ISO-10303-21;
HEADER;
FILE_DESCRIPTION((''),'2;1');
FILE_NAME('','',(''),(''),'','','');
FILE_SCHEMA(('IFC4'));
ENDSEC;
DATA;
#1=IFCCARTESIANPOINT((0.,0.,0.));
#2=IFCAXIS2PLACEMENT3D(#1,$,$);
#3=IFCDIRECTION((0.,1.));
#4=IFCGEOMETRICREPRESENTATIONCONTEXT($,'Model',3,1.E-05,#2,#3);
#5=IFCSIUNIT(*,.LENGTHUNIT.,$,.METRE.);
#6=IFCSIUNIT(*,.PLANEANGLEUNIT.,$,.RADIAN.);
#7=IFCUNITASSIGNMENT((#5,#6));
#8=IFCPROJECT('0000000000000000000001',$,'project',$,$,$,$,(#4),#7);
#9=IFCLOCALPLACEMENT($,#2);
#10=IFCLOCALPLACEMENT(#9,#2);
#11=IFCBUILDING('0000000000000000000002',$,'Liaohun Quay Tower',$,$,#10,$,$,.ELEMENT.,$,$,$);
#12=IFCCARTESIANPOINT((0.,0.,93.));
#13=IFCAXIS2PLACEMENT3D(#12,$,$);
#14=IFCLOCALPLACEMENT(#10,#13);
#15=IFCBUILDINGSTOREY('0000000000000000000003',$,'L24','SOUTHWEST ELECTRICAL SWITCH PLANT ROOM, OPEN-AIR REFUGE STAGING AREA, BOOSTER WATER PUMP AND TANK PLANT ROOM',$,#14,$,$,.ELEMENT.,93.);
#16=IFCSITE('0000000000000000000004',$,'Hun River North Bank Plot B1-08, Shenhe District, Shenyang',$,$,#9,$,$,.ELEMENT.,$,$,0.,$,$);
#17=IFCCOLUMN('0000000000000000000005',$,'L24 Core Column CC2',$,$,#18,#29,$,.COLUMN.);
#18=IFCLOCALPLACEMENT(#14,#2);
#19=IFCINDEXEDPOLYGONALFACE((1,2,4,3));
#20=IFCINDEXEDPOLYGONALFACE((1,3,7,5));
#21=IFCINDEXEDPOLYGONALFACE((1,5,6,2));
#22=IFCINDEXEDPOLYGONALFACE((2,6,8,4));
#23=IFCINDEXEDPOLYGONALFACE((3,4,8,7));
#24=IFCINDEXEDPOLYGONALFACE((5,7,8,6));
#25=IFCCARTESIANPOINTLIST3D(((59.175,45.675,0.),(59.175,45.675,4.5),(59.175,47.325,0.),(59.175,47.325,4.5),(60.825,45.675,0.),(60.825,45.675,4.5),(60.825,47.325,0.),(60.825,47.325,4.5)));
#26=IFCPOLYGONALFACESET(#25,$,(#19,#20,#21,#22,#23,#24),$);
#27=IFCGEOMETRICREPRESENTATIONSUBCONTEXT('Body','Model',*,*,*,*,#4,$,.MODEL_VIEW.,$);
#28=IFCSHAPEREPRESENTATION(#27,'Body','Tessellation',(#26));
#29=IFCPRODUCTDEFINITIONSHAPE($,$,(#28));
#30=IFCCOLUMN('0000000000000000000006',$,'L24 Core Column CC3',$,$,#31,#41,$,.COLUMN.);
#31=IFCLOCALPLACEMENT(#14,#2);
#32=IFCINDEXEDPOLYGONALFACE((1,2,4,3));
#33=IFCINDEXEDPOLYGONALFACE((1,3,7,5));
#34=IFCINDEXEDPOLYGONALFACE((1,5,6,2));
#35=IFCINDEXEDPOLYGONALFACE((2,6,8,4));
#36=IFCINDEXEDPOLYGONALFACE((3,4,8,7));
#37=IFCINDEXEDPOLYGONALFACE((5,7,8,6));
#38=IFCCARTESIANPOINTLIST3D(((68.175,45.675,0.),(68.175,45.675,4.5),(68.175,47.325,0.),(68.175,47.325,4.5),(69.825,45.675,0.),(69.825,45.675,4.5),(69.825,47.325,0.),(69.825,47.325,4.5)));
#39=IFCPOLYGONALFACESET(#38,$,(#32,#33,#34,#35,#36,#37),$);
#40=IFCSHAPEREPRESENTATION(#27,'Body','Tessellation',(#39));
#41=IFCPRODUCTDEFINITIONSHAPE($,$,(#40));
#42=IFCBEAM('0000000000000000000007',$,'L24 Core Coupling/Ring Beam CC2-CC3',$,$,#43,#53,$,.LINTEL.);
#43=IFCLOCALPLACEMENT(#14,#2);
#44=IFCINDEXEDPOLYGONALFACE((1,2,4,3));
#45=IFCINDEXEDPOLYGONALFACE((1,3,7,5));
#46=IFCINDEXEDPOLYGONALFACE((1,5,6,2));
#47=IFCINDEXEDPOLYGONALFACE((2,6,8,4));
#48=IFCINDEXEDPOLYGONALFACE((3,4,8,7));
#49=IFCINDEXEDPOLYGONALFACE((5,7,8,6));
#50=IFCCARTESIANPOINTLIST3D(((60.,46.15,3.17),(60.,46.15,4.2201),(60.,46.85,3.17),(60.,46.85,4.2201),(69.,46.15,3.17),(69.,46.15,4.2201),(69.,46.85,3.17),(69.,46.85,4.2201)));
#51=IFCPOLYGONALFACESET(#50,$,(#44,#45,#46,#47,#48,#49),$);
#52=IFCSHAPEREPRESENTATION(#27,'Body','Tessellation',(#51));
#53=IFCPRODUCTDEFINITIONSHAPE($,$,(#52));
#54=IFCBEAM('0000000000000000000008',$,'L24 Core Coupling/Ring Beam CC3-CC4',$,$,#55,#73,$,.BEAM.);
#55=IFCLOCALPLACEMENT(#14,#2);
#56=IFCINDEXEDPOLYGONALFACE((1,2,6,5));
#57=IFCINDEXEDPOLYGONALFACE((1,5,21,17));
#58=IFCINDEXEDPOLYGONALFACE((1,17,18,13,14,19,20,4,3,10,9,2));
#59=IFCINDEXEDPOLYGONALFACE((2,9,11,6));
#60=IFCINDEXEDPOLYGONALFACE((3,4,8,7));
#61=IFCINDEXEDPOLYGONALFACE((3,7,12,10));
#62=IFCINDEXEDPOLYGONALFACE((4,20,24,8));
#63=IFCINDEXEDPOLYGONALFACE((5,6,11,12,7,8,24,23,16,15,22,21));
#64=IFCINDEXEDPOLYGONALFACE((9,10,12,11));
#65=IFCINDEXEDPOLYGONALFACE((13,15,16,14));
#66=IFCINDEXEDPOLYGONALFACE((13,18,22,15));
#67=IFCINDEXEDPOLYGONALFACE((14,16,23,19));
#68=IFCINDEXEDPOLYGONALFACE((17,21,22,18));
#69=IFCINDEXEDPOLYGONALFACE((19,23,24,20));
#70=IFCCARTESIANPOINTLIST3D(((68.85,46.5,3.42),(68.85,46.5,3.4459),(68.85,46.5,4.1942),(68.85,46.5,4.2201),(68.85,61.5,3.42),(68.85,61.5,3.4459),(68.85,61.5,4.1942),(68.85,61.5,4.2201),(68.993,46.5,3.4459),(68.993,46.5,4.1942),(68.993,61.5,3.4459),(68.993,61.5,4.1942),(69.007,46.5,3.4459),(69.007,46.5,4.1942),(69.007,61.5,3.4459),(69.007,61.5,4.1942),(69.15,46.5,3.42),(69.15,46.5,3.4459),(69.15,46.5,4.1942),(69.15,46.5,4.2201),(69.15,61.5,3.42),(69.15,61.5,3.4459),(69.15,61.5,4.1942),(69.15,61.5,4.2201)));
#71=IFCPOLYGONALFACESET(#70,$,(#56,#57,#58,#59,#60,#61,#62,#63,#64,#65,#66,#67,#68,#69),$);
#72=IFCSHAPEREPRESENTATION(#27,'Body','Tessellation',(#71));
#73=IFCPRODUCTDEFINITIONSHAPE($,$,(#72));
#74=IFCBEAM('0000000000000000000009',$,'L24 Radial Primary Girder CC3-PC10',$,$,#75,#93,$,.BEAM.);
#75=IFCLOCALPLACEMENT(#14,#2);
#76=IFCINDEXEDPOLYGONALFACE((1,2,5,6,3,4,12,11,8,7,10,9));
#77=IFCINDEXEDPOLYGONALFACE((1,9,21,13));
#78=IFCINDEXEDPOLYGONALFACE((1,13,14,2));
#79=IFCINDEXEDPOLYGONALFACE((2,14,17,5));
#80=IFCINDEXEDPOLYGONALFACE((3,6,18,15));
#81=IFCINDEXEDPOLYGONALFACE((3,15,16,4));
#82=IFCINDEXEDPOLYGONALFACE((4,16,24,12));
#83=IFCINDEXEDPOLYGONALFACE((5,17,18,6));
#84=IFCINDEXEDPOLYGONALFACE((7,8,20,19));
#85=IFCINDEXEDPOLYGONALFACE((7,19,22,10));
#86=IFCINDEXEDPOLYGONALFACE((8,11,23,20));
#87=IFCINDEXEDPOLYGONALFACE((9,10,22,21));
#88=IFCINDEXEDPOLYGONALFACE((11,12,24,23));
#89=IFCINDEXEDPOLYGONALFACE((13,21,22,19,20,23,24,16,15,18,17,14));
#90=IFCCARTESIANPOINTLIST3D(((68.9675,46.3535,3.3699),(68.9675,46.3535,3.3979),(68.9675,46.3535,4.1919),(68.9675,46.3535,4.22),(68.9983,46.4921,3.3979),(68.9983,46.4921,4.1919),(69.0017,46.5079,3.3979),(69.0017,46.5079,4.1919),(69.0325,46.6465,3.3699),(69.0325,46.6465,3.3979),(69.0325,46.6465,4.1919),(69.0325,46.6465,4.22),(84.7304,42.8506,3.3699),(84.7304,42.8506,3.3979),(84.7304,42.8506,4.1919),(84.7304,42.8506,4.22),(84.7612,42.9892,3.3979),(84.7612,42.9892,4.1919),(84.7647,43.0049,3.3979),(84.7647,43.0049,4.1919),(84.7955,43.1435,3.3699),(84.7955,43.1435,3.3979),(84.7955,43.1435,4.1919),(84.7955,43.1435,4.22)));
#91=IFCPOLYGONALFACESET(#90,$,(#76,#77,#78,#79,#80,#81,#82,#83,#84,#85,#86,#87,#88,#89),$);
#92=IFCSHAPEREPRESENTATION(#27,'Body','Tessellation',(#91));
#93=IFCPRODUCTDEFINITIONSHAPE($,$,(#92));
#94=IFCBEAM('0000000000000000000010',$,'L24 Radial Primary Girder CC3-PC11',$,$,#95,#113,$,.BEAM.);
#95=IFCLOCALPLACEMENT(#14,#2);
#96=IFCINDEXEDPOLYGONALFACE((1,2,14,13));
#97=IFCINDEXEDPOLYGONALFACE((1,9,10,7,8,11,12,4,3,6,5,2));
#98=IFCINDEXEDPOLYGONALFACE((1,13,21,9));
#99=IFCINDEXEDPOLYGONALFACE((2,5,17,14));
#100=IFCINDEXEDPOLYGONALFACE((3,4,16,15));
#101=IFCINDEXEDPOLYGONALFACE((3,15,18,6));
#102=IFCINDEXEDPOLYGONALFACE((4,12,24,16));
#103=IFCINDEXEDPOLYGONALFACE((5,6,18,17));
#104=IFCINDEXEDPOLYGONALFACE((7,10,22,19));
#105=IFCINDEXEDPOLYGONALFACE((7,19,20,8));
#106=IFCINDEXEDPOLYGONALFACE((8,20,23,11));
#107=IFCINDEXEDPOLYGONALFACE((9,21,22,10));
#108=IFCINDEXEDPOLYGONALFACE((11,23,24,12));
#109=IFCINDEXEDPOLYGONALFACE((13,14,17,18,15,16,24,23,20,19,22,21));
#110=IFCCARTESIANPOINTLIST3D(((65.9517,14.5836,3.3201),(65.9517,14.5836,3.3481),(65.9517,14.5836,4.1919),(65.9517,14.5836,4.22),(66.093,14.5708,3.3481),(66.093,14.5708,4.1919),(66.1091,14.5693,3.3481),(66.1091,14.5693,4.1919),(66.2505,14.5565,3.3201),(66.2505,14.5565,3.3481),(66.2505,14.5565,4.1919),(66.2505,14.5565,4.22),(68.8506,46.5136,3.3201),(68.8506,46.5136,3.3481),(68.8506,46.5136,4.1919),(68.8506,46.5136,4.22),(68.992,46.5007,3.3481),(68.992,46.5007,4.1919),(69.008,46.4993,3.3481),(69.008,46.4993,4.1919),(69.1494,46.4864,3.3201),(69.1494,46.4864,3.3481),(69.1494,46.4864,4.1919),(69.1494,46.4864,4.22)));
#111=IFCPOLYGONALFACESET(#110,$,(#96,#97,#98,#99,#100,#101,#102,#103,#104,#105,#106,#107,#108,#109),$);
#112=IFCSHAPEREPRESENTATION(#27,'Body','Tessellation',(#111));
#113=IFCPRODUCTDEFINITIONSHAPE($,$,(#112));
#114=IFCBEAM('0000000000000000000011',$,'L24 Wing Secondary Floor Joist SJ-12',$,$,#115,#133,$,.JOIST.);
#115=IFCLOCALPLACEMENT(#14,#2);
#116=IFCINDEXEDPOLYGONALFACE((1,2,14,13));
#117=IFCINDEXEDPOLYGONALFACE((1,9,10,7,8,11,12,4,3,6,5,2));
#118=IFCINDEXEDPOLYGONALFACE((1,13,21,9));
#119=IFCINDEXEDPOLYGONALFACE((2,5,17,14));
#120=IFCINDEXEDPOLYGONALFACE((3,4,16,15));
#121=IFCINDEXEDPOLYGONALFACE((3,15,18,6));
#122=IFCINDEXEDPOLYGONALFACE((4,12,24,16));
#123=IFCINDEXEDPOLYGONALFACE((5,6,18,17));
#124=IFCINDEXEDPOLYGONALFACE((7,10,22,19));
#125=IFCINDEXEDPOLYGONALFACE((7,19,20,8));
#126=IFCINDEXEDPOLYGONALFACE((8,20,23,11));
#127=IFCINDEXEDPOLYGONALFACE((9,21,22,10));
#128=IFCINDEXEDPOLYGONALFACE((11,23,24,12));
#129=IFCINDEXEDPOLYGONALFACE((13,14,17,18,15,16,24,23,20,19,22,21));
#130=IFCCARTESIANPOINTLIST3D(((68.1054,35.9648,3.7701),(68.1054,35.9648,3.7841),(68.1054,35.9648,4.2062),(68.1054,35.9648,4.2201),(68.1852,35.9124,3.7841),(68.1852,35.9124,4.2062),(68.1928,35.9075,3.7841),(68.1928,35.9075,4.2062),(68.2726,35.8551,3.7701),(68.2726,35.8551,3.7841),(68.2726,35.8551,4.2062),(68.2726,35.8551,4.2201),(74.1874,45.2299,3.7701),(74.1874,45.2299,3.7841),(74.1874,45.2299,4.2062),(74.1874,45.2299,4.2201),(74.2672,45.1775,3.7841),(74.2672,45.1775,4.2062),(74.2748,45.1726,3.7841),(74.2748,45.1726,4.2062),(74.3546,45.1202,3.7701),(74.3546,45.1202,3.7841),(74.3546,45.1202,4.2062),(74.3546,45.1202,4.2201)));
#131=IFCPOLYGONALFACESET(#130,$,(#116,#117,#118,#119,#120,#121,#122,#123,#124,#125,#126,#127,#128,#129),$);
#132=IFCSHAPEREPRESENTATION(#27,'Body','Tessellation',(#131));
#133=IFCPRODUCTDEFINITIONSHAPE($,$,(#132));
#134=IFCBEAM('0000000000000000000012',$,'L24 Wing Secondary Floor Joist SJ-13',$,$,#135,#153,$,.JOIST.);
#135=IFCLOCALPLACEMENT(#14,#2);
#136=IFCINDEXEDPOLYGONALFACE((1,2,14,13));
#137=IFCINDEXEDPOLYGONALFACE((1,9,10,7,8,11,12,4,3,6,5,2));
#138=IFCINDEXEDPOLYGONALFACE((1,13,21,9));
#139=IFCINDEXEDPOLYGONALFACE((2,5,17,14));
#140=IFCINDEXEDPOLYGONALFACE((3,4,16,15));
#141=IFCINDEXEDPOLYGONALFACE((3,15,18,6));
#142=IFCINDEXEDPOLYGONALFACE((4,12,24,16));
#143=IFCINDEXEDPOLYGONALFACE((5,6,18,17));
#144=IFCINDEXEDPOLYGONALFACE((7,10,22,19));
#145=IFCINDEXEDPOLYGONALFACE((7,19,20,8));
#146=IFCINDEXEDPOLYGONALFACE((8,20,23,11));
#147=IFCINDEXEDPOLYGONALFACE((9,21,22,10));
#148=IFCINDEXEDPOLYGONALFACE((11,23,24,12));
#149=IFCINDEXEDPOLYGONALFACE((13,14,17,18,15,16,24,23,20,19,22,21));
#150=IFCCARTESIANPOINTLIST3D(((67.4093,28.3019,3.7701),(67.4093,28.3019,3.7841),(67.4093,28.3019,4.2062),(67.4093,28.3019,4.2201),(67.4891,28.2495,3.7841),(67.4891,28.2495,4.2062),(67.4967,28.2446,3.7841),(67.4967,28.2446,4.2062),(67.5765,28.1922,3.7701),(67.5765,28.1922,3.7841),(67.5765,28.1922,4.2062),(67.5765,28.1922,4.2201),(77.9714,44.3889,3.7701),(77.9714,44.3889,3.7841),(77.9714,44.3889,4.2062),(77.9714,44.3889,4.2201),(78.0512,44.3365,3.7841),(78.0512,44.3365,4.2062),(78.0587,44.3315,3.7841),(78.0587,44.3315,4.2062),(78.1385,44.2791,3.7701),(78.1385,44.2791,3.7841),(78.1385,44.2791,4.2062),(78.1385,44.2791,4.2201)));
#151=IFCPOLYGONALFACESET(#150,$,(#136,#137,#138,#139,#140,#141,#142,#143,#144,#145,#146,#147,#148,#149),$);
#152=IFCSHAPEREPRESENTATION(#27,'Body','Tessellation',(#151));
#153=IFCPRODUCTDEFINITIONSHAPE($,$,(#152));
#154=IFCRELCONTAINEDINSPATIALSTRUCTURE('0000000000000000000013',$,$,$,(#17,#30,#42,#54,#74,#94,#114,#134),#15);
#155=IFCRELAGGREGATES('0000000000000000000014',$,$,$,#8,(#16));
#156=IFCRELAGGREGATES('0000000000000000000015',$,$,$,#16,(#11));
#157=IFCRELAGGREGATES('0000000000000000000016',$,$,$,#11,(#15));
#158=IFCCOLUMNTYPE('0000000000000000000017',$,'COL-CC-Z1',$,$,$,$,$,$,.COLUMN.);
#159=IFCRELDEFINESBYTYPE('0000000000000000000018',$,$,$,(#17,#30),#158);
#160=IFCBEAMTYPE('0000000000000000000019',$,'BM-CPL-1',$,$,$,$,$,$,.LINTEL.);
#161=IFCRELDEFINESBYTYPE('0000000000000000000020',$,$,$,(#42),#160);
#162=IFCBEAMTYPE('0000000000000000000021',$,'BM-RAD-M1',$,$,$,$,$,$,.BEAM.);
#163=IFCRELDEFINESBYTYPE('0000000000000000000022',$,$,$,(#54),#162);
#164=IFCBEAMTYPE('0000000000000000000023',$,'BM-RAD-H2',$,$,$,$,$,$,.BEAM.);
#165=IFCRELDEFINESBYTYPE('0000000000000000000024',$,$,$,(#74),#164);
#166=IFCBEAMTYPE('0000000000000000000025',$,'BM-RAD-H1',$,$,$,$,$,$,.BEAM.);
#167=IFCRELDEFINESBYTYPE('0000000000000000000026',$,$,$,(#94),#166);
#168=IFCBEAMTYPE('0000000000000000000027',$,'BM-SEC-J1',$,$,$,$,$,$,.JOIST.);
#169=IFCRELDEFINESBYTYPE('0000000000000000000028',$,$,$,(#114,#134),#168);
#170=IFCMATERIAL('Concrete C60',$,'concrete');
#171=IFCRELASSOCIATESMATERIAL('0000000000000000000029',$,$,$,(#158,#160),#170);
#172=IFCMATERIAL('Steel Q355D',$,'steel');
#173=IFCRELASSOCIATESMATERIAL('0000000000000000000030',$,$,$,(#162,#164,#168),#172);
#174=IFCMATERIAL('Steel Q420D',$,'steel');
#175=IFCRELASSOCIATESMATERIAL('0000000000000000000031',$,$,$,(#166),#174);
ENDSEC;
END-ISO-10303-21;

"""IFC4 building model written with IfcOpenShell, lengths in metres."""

from ifc_helpers import new_model, si_unit, direction, frame, origin, origin_2d, place, context, subcontext, project, spatial, rectangle, i_section, extrude, source, transform, mapped, material, material_profile, profile_set, type_object, element, save


model = new_model("IFC4")

# Units and contexts
model_context = context("Model", 3, precision=1e-05, world=origin(), true_north=direction((0.0, 1.0)))
body_context = subcontext(model_context, "Body", "Model", "MODEL_VIEW")
ifc_project = project(units=[si_unit("LENGTHUNIT", "METRE"), si_unit("PLANEANGLEUNIT", "RADIAN")], contexts=[model_context])

# Site, building, storey
site_placement = place(None, origin())
site = spatial("IfcSite", under=ifc_project, at=site_placement, Name="Hun River North Bank Plot B1-08, Shenhe District, Shenyang", CompositionType="ELEMENT", RefElevation=0.0)
building_placement = place(site_placement, origin())
building = spatial("IfcBuilding", under=site, at=building_placement, Name="Liaohun Quay Tower", CompositionType="ELEMENT")
storey_placement = place(building_placement, frame((0.0, 0.0, 93.0)))
storey = spatial("IfcBuildingStorey", under=building, at=storey_placement, Name="L24", Description="SOUTHWEST ELECTRICAL SWITCH PLANT ROOM, OPEN-AIR REFUGE STAGING AREA, BOOSTER WATER PUMP AND TANK PLANT ROOM", CompositionType="ELEMENT", Elevation=93.0)

# Columns
ifc_material_1 = material(Name="Concrete C60", Category="concrete")
ifc_material_profile_1 = material_profile(ifc_material_1, rectangle(XDim=1.6499, YDim=1.6499, at=origin_2d()), Name="RC1650x1650")
ifc_profile_set_1 = profile_set([ifc_material_profile_1], Name="Concrete C60")
column_type = type_object("IfcColumnType", Name="COL-CC-Z1", PredefinedType="COLUMN", material=ifc_profile_set_1)
shared_shape_1 = source(origin(), body_context, "Body", "SweptSolid", [
    extrude(rectangle(XDim=1.6499, YDim=1.6499, at=origin_2d()), origin(), (0.0, 0.0, 1.0), 4.5),
])
for number, where, z_axis, x_axis, name in (
    (1, (60.0, 46.5, 0.0), (0.0, 0.0, 1.0), (1.0, 0.0, 0.0), "L24 Core Column CC2"),
    (2, (69.0, 46.5, 0.0), (0.0, 0.0, 1.0), (1.0, 0.0, 0.0), "L24 Core Column CC3"),
):
    element("IfcColumn", number, at=place(storey_placement, frame(where, z_axis=z_axis, x_axis=x_axis)), inside=storey, type_object=column_type, Name=name, PredefinedType="COLUMN", context=body_context, shape_type="MappedRepresentation", body=[
        mapped(shared_shape_1, transform((0.0, 0.0, 0.0), x_axis=(1.0, 0.0, 0.0), y_axis=(0.0, 1.0, 0.0), z_axis=(0.0, 0.0, 1.0), scale=1.0)),
    ])

# Beams
ifc_material_profile_2 = material_profile(ifc_material_1, rectangle(XDim=0.7, YDim=1.05, at=origin_2d()), Name="RC700x1050")
ifc_profile_set_2 = profile_set([ifc_material_profile_2], Name="Concrete C60")
beam_type_1 = type_object("IfcBeamType", Name="BM-CPL-1", PredefinedType="LINTEL", material=ifc_profile_set_2)
shared_shape_2 = source(origin(), body_context, "Body", "SweptSolid", [
    extrude(rectangle(XDim=0.7, YDim=1.05, at=origin_2d()), origin(), (0.0, 0.0, 1.0), 9.0),
])
beam_1_placement = place(storey_placement, frame((60.0, 46.5, 3.6951), z_axis=(1.0, 0.0, 0.0), x_axis=(0.0, 1.0, 0.0)))
element("IfcBeam", 3, at=beam_1_placement, inside=storey, type_object=beam_type_1, Name="L24 Core Coupling/Ring Beam CC2-CC3", PredefinedType="LINTEL", context=body_context, shape_type="MappedRepresentation", body=[
    mapped(shared_shape_2, transform((0.0, 0.0, 0.0), x_axis=(1.0, 0.0, 0.0), y_axis=(0.0, 1.0, 0.0), z_axis=(0.0, 0.0, 1.0), scale=1.0)),
])
ifc_material_2 = material(Name="Steel Q355D", Category="steel")
ifc_material_profile_3 = material_profile(ifc_material_2, i_section(OverallWidth=0.3, OverallDepth=0.8, WebThickness=0.0139, FlangeThickness=0.0259, at=origin_2d()), Name="HN800x300x14x26")
ifc_profile_set_3 = profile_set([ifc_material_profile_3], Name="Steel Q355D")
beam_type_2 = type_object("IfcBeamType", Name="BM-RAD-M1", PredefinedType="BEAM", material=ifc_profile_set_3)
shared_shape_3 = source(origin(), body_context, "Body", "SweptSolid", [
    extrude(i_section(OverallWidth=0.3, OverallDepth=0.8, WebThickness=0.0139, FlangeThickness=0.0259, at=origin_2d()), origin(), (0.0, 0.0, 1.0), 15.0),
])
beam_2_placement = place(storey_placement, frame((69.0, 46.5, 3.8201), z_axis=(0.0, 1.0, 0.0), x_axis=(-1.0, 0.0, 0.0)))
element("IfcBeam", 4, at=beam_2_placement, inside=storey, type_object=beam_type_2, Name="L24 Core Coupling/Ring Beam CC3-CC4", PredefinedType="BEAM", context=body_context, shape_type="MappedRepresentation", body=[
    mapped(shared_shape_3, transform((0.0, 0.0, 0.0), x_axis=(1.0, 0.0, 0.0), y_axis=(0.0, 1.0, 0.0), z_axis=(0.0, 0.0, 1.0), scale=1.0)),
])
ifc_material_profile_4 = material_profile(ifc_material_2, i_section(OverallWidth=0.3, OverallDepth=0.8501, WebThickness=0.0161, FlangeThickness=0.0281, at=origin_2d()), Name="HN850x300x16x28")
ifc_profile_set_4 = profile_set([ifc_material_profile_4], Name="Steel Q355D")
beam_type_3 = type_object("IfcBeamType", Name="BM-RAD-H2", PredefinedType="BEAM", material=ifc_profile_set_4)
shared_shape_4 = source(origin(), body_context, "Body", "SweptSolid", [
    extrude(i_section(OverallWidth=0.3, OverallDepth=0.8501, WebThickness=0.0161, FlangeThickness=0.0281, at=origin_2d()), origin(), (0.0, 0.0, 1.0), 16.1475),
])
beam_3_placement = place(storey_placement, frame((69.0, 46.5, 3.7949), z_axis=(0.976186, -0.216934, 0.0), x_axis=(0.216934, 0.976186, 0.0)))
element("IfcBeam", 5, at=beam_3_placement, inside=storey, type_object=beam_type_3, Name="L24 Radial Primary Girder CC3-PC10", PredefinedType="BEAM", context=body_context, shape_type="MappedRepresentation", body=[
    mapped(shared_shape_4, transform((0.0, 0.0, 0.0), x_axis=(1.0, 0.0, 0.0), y_axis=(0.0, 1.0, 0.0), z_axis=(0.0, 0.0, 1.0), scale=1.0)),
])
ifc_material_3 = material(Name="Steel Q420D", Category="steel")
ifc_material_profile_5 = material_profile(ifc_material_3, i_section(OverallWidth=0.3, OverallDepth=0.8999, WebThickness=0.0161, FlangeThickness=0.0281, at=origin_2d()), Name="HN900x300x16x28")
ifc_profile_set_5 = profile_set([ifc_material_profile_5], Name="Steel Q420D")
beam_type_4 = type_object("IfcBeamType", Name="BM-RAD-H1", PredefinedType="BEAM", material=ifc_profile_set_5)
shared_shape_5 = source(origin(), body_context, "Body", "SweptSolid", [
    extrude(i_section(OverallWidth=0.3, OverallDepth=0.8999, WebThickness=0.0161, FlangeThickness=0.0281, at=origin_2d()), origin(), (0.0, 0.0, 1.0), 32.0613),
])
beam_4_placement = place(storey_placement, frame((69.0, 46.5, 3.77), z_axis=(-0.090418, -0.995904, 0.0), x_axis=(0.995904, -0.090418, 0.0)))
element("IfcBeam", 6, at=beam_4_placement, inside=storey, type_object=beam_type_4, Name="L24 Radial Primary Girder CC3-PC11", PredefinedType="BEAM", context=body_context, shape_type="MappedRepresentation", body=[
    mapped(shared_shape_5, transform((0.0, 0.0, 0.0), x_axis=(1.0, 0.0, 0.0), y_axis=(0.0, 1.0, 0.0), z_axis=(0.0, 0.0, 1.0), scale=1.0)),
])
ifc_material_profile_6 = material_profile(ifc_material_2, i_section(OverallWidth=0.2, OverallDepth=0.45, WebThickness=0.009, FlangeThickness=0.0139, at=origin_2d()), Name="HN450x200x9x14")
ifc_profile_set_6 = profile_set([ifc_material_profile_6], Name="Steel Q355D")
beam_type_5 = type_object("IfcBeamType", Name="BM-SEC-J1", PredefinedType="JOIST", material=ifc_profile_set_6)
shared_shape_6 = source(origin(), body_context, "Body", "SweptSolid", [
    extrude(i_section(OverallWidth=0.2, OverallDepth=0.45, WebThickness=0.009, FlangeThickness=0.0139, at=origin_2d()), origin(), (0.0, 0.0, 1.0), 11.083),
])
beam_5_placement = place(storey_placement, frame((74.271, 45.175, 3.9951), z_axis=(-0.548769, -0.835974, 0.0), x_axis=(0.835974, -0.548769, 0.0)))
element("IfcBeam", 7, at=beam_5_placement, inside=storey, type_object=beam_type_5, Name="L24 Wing Secondary Floor Joist SJ-12", PredefinedType="JOIST", context=body_context, shape_type="MappedRepresentation", body=[
    mapped(shared_shape_6, transform((0.0, 0.0, 0.0), x_axis=(1.0, 0.0, 0.0), y_axis=(0.0, 1.0, 0.0), z_axis=(0.0, 0.0, 1.0), scale=1.0)),
])
shared_shape_7 = source(origin(), body_context, "Body", "SweptSolid", [
    extrude(i_section(OverallWidth=0.2, OverallDepth=0.45, WebThickness=0.009, FlangeThickness=0.0139, at=origin_2d()), origin(), (0.0, 0.0, 1.0), 19.2444),
])
beam_6_placement = place(storey_placement, frame((78.0549, 44.334, 3.9951), z_axis=(-0.548837, -0.835929, 0.0), x_axis=(0.835929, -0.548837, 0.0)))
element("IfcBeam", 8, at=beam_6_placement, inside=storey, type_object=beam_type_5, Name="L24 Wing Secondary Floor Joist SJ-13", PredefinedType="JOIST", context=body_context, shape_type="MappedRepresentation", body=[
    mapped(shared_shape_7, transform((0.0, 0.0, 0.0), x_axis=(1.0, 0.0, 0.0), y_axis=(0.0, 1.0, 0.0), z_axis=(0.0, 0.0, 1.0), scale=1.0)),
])

save(model, "model.ifc")
